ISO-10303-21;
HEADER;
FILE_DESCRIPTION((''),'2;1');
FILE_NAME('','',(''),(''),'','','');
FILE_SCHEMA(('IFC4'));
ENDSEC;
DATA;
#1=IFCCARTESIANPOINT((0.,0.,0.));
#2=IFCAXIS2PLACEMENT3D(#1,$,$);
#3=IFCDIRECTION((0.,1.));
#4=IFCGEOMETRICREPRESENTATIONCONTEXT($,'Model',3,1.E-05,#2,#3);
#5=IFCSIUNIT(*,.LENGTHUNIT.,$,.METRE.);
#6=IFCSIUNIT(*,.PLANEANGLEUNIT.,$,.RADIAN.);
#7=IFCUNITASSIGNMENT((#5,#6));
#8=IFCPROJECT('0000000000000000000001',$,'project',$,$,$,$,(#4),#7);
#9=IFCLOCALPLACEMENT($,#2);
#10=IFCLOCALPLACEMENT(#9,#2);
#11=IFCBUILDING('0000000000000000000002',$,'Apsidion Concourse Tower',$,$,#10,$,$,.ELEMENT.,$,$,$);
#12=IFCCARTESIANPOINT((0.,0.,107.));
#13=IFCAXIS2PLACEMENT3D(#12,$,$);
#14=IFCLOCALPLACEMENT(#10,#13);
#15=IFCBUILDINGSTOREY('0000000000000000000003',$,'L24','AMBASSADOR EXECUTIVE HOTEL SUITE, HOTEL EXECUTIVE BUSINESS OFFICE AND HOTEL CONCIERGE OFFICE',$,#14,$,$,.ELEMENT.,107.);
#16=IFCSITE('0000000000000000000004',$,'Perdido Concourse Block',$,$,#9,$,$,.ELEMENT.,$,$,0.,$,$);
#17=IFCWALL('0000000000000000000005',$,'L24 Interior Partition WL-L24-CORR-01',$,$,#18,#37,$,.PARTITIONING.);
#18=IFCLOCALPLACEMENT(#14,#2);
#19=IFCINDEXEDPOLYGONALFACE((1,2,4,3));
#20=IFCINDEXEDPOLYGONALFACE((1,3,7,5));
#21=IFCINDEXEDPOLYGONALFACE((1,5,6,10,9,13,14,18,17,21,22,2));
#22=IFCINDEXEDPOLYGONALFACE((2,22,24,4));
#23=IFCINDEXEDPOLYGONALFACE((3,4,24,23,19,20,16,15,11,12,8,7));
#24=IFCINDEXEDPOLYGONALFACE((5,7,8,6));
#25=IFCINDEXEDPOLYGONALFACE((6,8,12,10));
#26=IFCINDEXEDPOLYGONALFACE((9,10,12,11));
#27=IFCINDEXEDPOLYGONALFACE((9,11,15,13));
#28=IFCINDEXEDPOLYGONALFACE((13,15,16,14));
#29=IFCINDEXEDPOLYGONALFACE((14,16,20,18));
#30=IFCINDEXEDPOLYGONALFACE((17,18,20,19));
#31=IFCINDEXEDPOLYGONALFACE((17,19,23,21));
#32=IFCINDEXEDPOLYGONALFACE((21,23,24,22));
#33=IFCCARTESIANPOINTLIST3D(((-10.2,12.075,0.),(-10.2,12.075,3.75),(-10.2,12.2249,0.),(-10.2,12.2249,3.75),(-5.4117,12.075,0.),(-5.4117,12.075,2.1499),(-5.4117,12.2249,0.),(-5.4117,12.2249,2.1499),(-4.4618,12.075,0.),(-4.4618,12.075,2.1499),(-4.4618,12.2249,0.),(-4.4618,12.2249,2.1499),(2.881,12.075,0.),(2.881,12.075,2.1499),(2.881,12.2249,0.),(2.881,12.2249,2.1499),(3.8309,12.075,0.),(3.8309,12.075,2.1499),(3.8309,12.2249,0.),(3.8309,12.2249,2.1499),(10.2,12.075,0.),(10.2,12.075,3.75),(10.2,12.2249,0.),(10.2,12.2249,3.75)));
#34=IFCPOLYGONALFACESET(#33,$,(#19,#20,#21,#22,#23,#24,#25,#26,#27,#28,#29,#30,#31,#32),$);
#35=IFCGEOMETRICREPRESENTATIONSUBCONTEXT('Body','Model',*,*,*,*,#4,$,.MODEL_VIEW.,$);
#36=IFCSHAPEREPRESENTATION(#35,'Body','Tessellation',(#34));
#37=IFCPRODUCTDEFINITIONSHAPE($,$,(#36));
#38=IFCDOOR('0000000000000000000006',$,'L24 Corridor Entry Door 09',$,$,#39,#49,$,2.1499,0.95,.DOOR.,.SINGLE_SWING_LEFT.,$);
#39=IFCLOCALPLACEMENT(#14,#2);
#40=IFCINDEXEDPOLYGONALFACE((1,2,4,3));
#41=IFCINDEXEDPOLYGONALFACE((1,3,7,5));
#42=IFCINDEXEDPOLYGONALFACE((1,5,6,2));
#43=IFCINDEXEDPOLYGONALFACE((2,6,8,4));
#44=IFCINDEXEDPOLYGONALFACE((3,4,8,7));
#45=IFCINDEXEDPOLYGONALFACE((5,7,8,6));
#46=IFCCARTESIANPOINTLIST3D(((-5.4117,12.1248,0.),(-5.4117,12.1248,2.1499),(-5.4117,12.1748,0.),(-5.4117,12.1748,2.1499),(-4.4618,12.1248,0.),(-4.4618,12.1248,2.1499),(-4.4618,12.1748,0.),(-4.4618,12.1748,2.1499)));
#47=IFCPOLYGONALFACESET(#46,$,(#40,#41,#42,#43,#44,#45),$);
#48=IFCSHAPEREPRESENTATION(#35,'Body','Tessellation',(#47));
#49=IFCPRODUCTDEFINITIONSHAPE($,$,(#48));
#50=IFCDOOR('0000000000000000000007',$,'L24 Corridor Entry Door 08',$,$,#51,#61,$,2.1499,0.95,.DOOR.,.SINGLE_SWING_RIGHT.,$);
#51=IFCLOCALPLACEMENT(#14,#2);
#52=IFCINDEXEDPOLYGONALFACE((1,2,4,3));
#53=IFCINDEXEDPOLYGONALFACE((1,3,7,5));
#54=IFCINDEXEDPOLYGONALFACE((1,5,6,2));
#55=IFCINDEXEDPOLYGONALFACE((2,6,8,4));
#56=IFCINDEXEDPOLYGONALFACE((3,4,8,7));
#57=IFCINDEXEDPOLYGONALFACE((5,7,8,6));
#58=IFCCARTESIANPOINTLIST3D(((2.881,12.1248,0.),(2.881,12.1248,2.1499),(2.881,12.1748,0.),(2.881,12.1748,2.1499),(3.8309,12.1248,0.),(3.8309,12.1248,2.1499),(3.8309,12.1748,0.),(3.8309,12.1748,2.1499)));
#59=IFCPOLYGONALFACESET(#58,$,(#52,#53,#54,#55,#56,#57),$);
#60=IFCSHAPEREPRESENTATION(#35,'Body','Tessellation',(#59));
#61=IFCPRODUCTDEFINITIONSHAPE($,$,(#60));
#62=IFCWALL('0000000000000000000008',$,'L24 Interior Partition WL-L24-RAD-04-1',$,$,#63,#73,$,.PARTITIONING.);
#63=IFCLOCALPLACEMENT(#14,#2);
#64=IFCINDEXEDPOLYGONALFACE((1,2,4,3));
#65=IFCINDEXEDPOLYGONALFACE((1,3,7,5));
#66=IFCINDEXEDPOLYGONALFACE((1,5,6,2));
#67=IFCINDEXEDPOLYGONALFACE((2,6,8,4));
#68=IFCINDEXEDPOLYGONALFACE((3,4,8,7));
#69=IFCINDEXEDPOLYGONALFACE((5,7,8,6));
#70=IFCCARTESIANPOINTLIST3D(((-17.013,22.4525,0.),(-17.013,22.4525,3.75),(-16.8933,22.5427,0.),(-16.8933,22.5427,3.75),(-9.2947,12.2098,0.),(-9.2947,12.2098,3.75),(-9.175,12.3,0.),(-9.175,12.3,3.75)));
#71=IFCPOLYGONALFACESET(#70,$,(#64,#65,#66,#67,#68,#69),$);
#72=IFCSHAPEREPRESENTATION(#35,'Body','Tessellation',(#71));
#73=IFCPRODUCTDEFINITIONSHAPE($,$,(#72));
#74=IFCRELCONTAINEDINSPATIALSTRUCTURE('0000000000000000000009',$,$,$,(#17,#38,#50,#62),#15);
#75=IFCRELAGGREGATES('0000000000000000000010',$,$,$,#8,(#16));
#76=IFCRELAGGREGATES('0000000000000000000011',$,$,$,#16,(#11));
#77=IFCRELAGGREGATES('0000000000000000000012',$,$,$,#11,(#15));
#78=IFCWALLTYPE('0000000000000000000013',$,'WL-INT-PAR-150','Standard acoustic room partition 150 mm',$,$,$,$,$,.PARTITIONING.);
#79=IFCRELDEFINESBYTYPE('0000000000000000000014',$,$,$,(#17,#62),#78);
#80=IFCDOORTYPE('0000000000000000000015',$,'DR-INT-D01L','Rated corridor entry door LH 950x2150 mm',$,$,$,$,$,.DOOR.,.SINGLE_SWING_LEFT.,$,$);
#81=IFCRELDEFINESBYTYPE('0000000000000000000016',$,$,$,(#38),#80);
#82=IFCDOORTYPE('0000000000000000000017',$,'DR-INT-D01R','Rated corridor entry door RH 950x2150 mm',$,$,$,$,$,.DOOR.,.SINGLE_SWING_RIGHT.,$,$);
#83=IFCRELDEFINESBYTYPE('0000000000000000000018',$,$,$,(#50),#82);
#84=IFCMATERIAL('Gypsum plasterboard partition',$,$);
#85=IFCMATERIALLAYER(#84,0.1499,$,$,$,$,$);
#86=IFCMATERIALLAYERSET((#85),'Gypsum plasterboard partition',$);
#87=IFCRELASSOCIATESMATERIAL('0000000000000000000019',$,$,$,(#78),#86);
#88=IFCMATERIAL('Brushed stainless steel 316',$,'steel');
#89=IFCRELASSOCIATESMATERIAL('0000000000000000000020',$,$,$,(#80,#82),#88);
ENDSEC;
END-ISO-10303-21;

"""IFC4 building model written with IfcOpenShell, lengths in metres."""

from ifc_helpers import new_model, si_unit, direction, frame, frame_2d, origin, place, context, subcontext, project, spatial, rectangle, extrude, material, layer, layer_set, type_object, element, fill, save


model = new_model("IFC4")

# Units and contexts
model_context = context("Model", 3, precision=1e-05, world=origin(), true_north=direction((0.0, 1.0)))
body_context = subcontext(model_context, "Body", "Model", "MODEL_VIEW")
ifc_project = project(units=[si_unit("LENGTHUNIT", "METRE"), si_unit("PLANEANGLEUNIT", "RADIAN")], contexts=[model_context])

# Site, building, storey
site_placement = place(None, origin())
site = spatial("IfcSite", under=ifc_project, at=site_placement, Name="Perdido Concourse Block", CompositionType="ELEMENT", RefElevation=0.0)
building_placement = place(site_placement, origin())
building = spatial("IfcBuilding", under=site, at=building_placement, Name="Apsidion Concourse Tower", CompositionType="ELEMENT")
storey_placement = place(building_placement, frame((0.0, 0.0, 107.0)))
storey = spatial("IfcBuildingStorey", under=building, at=storey_placement, Name="L24", Description="AMBASSADOR EXECUTIVE HOTEL SUITE, HOTEL EXECUTIVE BUSINESS OFFICE AND HOTEL CONCIERGE OFFICE", CompositionType="ELEMENT", Elevation=107.0)

# Shared definitions
ifc_material_1 = material(Name="Gypsum plasterboard partition")

# Wall, openings, doors
ifc_layer_1 = layer(ifc_material_1, 0.1499)
ifc_layer_set_1 = layer_set([ifc_layer_1], Name="Gypsum plasterboard partition")
wall_type_1 = type_object("IfcWallType", Name="WL-INT-PAR-150", Description="Standard acoustic room partition 150 mm", PredefinedType="PARTITIONING", material=ifc_layer_set_1)
wall_1_placement = place(storey_placement, frame((-10.2, 12.1499, 0.0), z_axis=(0.0, 0.0, 1.0), x_axis=(1.0, 0.0, 0.0)))
wall_1 = element("IfcWall", 1, at=wall_1_placement, inside=storey, type_object=wall_type_1, Name="L24 Interior Partition WL-L24-CORR-01", PredefinedType="PARTITIONING", context=body_context, shape_type="SweptSolid", body=[
    extrude(rectangle(XDim=20.3999, YDim=0.1499, at=frame_2d((10.2, 0.0))), origin(), (0.0, 0.0, 1.0), 3.75),
])
opening_1_placement = place(wall_1_placement, frame((13.0808, 0.0, 0.0)))
opening_1 = element("IfcOpeningElement", 2, at=opening_1_placement, cuts=wall_1, PredefinedType="OPENING", context=body_context, shape_type="SweptSolid", body=[
    extrude(rectangle(XDim=0.95, YDim=2.1499, at=frame_2d((0.4751, 1.075))), frame((0.0, 0.085, 0.0), z_axis=(0.0, -1.0, 0.0), x_axis=(1.0, 0.0, 0.0)), (0.0, 0.0, 1.0), 0.1699),
])
opening_2_placement = place(wall_1_placement, frame((4.7881, 0.0, 0.0)))
opening_2 = element("IfcOpeningElement", 3, at=opening_2_placement, cuts=wall_1, PredefinedType="OPENING", context=body_context, shape_type="SweptSolid", body=[
    extrude(rectangle(XDim=0.95, YDim=2.1499, at=frame_2d((0.4751, 1.075))), frame((0.0, 0.085, 0.0), z_axis=(0.0, -1.0, 0.0), x_axis=(1.0, 0.0, 0.0)), (0.0, 0.0, 1.0), 0.1699),
])
ifc_material_2 = material(Name="Brushed stainless steel 316", Category="steel")
door_type_1 = type_object("IfcDoorType", Name="DR-INT-D01L", Description="Rated corridor entry door LH 950x2150 mm", OperationType="SINGLE_SWING_LEFT", PredefinedType="DOOR", material=ifc_material_2)
door_1_placement = place(opening_2_placement, origin())
door_1 = element("IfcDoor", 4, at=door_1_placement, inside=storey, type_object=door_type_1, Name="L24 Corridor Entry Door 09", OperationType="SINGLE_SWING_LEFT", OverallHeight=2.1499, OverallWidth=0.95, PredefinedType="DOOR", context=body_context, shape_type="SweptSolid", body=[
    extrude(rectangle(XDim=0.95, YDim=2.1499, at=frame_2d((0.4751, 1.075))), frame((0.0, 0.0249, 0.0), z_axis=(0.0, -1.0, 0.0), x_axis=(1.0, 0.0, 0.0)), (0.0, 0.0, 1.0), 0.05),
])
fill(opening_2, door_1)
door_type_2 = type_object("IfcDoorType", Name="DR-INT-D01R", Description="Rated corridor entry door RH 950x2150 mm", OperationType="SINGLE_SWING_RIGHT", PredefinedType="DOOR", material=ifc_material_2)
door_2_placement = place(opening_1_placement, origin())
door_2 = element("IfcDoor", 5, at=door_2_placement, inside=storey, type_object=door_type_2, Name="L24 Corridor Entry Door 08", OperationType="SINGLE_SWING_RIGHT", OverallHeight=2.1499, OverallWidth=0.95, PredefinedType="DOOR", context=body_context, shape_type="SweptSolid", body=[
    extrude(rectangle(XDim=0.95, YDim=2.1499, at=frame_2d((0.4751, 1.075))), frame((0.0, 0.0249, 0.0), z_axis=(0.0, -1.0, 0.0), x_axis=(1.0, 0.0, 0.0)), (0.0, 0.0, 1.0), 0.05),
])
fill(opening_1, door_2)

# Wall
wall_2_placement = place(storey_placement, frame((-9.2349, 12.2549, 0.0), z_axis=(0.0, 0.0, 1.0), x_axis=(-0.601808, 0.798641, 0.0)))
element("IfcWall", 6, at=wall_2_placement, inside=storey, type_object=wall_type_1, Name="L24 Interior Partition WL-L24-RAD-04-1", PredefinedType="PARTITIONING", context=body_context, shape_type="SweptSolid", body=[
    extrude(rectangle(XDim=12.8252, YDim=0.1499, at=frame_2d((6.4126, 0.0))), origin(), (0.0, 0.0, 1.0), 3.75),
])

save(model, "model.ifc")
